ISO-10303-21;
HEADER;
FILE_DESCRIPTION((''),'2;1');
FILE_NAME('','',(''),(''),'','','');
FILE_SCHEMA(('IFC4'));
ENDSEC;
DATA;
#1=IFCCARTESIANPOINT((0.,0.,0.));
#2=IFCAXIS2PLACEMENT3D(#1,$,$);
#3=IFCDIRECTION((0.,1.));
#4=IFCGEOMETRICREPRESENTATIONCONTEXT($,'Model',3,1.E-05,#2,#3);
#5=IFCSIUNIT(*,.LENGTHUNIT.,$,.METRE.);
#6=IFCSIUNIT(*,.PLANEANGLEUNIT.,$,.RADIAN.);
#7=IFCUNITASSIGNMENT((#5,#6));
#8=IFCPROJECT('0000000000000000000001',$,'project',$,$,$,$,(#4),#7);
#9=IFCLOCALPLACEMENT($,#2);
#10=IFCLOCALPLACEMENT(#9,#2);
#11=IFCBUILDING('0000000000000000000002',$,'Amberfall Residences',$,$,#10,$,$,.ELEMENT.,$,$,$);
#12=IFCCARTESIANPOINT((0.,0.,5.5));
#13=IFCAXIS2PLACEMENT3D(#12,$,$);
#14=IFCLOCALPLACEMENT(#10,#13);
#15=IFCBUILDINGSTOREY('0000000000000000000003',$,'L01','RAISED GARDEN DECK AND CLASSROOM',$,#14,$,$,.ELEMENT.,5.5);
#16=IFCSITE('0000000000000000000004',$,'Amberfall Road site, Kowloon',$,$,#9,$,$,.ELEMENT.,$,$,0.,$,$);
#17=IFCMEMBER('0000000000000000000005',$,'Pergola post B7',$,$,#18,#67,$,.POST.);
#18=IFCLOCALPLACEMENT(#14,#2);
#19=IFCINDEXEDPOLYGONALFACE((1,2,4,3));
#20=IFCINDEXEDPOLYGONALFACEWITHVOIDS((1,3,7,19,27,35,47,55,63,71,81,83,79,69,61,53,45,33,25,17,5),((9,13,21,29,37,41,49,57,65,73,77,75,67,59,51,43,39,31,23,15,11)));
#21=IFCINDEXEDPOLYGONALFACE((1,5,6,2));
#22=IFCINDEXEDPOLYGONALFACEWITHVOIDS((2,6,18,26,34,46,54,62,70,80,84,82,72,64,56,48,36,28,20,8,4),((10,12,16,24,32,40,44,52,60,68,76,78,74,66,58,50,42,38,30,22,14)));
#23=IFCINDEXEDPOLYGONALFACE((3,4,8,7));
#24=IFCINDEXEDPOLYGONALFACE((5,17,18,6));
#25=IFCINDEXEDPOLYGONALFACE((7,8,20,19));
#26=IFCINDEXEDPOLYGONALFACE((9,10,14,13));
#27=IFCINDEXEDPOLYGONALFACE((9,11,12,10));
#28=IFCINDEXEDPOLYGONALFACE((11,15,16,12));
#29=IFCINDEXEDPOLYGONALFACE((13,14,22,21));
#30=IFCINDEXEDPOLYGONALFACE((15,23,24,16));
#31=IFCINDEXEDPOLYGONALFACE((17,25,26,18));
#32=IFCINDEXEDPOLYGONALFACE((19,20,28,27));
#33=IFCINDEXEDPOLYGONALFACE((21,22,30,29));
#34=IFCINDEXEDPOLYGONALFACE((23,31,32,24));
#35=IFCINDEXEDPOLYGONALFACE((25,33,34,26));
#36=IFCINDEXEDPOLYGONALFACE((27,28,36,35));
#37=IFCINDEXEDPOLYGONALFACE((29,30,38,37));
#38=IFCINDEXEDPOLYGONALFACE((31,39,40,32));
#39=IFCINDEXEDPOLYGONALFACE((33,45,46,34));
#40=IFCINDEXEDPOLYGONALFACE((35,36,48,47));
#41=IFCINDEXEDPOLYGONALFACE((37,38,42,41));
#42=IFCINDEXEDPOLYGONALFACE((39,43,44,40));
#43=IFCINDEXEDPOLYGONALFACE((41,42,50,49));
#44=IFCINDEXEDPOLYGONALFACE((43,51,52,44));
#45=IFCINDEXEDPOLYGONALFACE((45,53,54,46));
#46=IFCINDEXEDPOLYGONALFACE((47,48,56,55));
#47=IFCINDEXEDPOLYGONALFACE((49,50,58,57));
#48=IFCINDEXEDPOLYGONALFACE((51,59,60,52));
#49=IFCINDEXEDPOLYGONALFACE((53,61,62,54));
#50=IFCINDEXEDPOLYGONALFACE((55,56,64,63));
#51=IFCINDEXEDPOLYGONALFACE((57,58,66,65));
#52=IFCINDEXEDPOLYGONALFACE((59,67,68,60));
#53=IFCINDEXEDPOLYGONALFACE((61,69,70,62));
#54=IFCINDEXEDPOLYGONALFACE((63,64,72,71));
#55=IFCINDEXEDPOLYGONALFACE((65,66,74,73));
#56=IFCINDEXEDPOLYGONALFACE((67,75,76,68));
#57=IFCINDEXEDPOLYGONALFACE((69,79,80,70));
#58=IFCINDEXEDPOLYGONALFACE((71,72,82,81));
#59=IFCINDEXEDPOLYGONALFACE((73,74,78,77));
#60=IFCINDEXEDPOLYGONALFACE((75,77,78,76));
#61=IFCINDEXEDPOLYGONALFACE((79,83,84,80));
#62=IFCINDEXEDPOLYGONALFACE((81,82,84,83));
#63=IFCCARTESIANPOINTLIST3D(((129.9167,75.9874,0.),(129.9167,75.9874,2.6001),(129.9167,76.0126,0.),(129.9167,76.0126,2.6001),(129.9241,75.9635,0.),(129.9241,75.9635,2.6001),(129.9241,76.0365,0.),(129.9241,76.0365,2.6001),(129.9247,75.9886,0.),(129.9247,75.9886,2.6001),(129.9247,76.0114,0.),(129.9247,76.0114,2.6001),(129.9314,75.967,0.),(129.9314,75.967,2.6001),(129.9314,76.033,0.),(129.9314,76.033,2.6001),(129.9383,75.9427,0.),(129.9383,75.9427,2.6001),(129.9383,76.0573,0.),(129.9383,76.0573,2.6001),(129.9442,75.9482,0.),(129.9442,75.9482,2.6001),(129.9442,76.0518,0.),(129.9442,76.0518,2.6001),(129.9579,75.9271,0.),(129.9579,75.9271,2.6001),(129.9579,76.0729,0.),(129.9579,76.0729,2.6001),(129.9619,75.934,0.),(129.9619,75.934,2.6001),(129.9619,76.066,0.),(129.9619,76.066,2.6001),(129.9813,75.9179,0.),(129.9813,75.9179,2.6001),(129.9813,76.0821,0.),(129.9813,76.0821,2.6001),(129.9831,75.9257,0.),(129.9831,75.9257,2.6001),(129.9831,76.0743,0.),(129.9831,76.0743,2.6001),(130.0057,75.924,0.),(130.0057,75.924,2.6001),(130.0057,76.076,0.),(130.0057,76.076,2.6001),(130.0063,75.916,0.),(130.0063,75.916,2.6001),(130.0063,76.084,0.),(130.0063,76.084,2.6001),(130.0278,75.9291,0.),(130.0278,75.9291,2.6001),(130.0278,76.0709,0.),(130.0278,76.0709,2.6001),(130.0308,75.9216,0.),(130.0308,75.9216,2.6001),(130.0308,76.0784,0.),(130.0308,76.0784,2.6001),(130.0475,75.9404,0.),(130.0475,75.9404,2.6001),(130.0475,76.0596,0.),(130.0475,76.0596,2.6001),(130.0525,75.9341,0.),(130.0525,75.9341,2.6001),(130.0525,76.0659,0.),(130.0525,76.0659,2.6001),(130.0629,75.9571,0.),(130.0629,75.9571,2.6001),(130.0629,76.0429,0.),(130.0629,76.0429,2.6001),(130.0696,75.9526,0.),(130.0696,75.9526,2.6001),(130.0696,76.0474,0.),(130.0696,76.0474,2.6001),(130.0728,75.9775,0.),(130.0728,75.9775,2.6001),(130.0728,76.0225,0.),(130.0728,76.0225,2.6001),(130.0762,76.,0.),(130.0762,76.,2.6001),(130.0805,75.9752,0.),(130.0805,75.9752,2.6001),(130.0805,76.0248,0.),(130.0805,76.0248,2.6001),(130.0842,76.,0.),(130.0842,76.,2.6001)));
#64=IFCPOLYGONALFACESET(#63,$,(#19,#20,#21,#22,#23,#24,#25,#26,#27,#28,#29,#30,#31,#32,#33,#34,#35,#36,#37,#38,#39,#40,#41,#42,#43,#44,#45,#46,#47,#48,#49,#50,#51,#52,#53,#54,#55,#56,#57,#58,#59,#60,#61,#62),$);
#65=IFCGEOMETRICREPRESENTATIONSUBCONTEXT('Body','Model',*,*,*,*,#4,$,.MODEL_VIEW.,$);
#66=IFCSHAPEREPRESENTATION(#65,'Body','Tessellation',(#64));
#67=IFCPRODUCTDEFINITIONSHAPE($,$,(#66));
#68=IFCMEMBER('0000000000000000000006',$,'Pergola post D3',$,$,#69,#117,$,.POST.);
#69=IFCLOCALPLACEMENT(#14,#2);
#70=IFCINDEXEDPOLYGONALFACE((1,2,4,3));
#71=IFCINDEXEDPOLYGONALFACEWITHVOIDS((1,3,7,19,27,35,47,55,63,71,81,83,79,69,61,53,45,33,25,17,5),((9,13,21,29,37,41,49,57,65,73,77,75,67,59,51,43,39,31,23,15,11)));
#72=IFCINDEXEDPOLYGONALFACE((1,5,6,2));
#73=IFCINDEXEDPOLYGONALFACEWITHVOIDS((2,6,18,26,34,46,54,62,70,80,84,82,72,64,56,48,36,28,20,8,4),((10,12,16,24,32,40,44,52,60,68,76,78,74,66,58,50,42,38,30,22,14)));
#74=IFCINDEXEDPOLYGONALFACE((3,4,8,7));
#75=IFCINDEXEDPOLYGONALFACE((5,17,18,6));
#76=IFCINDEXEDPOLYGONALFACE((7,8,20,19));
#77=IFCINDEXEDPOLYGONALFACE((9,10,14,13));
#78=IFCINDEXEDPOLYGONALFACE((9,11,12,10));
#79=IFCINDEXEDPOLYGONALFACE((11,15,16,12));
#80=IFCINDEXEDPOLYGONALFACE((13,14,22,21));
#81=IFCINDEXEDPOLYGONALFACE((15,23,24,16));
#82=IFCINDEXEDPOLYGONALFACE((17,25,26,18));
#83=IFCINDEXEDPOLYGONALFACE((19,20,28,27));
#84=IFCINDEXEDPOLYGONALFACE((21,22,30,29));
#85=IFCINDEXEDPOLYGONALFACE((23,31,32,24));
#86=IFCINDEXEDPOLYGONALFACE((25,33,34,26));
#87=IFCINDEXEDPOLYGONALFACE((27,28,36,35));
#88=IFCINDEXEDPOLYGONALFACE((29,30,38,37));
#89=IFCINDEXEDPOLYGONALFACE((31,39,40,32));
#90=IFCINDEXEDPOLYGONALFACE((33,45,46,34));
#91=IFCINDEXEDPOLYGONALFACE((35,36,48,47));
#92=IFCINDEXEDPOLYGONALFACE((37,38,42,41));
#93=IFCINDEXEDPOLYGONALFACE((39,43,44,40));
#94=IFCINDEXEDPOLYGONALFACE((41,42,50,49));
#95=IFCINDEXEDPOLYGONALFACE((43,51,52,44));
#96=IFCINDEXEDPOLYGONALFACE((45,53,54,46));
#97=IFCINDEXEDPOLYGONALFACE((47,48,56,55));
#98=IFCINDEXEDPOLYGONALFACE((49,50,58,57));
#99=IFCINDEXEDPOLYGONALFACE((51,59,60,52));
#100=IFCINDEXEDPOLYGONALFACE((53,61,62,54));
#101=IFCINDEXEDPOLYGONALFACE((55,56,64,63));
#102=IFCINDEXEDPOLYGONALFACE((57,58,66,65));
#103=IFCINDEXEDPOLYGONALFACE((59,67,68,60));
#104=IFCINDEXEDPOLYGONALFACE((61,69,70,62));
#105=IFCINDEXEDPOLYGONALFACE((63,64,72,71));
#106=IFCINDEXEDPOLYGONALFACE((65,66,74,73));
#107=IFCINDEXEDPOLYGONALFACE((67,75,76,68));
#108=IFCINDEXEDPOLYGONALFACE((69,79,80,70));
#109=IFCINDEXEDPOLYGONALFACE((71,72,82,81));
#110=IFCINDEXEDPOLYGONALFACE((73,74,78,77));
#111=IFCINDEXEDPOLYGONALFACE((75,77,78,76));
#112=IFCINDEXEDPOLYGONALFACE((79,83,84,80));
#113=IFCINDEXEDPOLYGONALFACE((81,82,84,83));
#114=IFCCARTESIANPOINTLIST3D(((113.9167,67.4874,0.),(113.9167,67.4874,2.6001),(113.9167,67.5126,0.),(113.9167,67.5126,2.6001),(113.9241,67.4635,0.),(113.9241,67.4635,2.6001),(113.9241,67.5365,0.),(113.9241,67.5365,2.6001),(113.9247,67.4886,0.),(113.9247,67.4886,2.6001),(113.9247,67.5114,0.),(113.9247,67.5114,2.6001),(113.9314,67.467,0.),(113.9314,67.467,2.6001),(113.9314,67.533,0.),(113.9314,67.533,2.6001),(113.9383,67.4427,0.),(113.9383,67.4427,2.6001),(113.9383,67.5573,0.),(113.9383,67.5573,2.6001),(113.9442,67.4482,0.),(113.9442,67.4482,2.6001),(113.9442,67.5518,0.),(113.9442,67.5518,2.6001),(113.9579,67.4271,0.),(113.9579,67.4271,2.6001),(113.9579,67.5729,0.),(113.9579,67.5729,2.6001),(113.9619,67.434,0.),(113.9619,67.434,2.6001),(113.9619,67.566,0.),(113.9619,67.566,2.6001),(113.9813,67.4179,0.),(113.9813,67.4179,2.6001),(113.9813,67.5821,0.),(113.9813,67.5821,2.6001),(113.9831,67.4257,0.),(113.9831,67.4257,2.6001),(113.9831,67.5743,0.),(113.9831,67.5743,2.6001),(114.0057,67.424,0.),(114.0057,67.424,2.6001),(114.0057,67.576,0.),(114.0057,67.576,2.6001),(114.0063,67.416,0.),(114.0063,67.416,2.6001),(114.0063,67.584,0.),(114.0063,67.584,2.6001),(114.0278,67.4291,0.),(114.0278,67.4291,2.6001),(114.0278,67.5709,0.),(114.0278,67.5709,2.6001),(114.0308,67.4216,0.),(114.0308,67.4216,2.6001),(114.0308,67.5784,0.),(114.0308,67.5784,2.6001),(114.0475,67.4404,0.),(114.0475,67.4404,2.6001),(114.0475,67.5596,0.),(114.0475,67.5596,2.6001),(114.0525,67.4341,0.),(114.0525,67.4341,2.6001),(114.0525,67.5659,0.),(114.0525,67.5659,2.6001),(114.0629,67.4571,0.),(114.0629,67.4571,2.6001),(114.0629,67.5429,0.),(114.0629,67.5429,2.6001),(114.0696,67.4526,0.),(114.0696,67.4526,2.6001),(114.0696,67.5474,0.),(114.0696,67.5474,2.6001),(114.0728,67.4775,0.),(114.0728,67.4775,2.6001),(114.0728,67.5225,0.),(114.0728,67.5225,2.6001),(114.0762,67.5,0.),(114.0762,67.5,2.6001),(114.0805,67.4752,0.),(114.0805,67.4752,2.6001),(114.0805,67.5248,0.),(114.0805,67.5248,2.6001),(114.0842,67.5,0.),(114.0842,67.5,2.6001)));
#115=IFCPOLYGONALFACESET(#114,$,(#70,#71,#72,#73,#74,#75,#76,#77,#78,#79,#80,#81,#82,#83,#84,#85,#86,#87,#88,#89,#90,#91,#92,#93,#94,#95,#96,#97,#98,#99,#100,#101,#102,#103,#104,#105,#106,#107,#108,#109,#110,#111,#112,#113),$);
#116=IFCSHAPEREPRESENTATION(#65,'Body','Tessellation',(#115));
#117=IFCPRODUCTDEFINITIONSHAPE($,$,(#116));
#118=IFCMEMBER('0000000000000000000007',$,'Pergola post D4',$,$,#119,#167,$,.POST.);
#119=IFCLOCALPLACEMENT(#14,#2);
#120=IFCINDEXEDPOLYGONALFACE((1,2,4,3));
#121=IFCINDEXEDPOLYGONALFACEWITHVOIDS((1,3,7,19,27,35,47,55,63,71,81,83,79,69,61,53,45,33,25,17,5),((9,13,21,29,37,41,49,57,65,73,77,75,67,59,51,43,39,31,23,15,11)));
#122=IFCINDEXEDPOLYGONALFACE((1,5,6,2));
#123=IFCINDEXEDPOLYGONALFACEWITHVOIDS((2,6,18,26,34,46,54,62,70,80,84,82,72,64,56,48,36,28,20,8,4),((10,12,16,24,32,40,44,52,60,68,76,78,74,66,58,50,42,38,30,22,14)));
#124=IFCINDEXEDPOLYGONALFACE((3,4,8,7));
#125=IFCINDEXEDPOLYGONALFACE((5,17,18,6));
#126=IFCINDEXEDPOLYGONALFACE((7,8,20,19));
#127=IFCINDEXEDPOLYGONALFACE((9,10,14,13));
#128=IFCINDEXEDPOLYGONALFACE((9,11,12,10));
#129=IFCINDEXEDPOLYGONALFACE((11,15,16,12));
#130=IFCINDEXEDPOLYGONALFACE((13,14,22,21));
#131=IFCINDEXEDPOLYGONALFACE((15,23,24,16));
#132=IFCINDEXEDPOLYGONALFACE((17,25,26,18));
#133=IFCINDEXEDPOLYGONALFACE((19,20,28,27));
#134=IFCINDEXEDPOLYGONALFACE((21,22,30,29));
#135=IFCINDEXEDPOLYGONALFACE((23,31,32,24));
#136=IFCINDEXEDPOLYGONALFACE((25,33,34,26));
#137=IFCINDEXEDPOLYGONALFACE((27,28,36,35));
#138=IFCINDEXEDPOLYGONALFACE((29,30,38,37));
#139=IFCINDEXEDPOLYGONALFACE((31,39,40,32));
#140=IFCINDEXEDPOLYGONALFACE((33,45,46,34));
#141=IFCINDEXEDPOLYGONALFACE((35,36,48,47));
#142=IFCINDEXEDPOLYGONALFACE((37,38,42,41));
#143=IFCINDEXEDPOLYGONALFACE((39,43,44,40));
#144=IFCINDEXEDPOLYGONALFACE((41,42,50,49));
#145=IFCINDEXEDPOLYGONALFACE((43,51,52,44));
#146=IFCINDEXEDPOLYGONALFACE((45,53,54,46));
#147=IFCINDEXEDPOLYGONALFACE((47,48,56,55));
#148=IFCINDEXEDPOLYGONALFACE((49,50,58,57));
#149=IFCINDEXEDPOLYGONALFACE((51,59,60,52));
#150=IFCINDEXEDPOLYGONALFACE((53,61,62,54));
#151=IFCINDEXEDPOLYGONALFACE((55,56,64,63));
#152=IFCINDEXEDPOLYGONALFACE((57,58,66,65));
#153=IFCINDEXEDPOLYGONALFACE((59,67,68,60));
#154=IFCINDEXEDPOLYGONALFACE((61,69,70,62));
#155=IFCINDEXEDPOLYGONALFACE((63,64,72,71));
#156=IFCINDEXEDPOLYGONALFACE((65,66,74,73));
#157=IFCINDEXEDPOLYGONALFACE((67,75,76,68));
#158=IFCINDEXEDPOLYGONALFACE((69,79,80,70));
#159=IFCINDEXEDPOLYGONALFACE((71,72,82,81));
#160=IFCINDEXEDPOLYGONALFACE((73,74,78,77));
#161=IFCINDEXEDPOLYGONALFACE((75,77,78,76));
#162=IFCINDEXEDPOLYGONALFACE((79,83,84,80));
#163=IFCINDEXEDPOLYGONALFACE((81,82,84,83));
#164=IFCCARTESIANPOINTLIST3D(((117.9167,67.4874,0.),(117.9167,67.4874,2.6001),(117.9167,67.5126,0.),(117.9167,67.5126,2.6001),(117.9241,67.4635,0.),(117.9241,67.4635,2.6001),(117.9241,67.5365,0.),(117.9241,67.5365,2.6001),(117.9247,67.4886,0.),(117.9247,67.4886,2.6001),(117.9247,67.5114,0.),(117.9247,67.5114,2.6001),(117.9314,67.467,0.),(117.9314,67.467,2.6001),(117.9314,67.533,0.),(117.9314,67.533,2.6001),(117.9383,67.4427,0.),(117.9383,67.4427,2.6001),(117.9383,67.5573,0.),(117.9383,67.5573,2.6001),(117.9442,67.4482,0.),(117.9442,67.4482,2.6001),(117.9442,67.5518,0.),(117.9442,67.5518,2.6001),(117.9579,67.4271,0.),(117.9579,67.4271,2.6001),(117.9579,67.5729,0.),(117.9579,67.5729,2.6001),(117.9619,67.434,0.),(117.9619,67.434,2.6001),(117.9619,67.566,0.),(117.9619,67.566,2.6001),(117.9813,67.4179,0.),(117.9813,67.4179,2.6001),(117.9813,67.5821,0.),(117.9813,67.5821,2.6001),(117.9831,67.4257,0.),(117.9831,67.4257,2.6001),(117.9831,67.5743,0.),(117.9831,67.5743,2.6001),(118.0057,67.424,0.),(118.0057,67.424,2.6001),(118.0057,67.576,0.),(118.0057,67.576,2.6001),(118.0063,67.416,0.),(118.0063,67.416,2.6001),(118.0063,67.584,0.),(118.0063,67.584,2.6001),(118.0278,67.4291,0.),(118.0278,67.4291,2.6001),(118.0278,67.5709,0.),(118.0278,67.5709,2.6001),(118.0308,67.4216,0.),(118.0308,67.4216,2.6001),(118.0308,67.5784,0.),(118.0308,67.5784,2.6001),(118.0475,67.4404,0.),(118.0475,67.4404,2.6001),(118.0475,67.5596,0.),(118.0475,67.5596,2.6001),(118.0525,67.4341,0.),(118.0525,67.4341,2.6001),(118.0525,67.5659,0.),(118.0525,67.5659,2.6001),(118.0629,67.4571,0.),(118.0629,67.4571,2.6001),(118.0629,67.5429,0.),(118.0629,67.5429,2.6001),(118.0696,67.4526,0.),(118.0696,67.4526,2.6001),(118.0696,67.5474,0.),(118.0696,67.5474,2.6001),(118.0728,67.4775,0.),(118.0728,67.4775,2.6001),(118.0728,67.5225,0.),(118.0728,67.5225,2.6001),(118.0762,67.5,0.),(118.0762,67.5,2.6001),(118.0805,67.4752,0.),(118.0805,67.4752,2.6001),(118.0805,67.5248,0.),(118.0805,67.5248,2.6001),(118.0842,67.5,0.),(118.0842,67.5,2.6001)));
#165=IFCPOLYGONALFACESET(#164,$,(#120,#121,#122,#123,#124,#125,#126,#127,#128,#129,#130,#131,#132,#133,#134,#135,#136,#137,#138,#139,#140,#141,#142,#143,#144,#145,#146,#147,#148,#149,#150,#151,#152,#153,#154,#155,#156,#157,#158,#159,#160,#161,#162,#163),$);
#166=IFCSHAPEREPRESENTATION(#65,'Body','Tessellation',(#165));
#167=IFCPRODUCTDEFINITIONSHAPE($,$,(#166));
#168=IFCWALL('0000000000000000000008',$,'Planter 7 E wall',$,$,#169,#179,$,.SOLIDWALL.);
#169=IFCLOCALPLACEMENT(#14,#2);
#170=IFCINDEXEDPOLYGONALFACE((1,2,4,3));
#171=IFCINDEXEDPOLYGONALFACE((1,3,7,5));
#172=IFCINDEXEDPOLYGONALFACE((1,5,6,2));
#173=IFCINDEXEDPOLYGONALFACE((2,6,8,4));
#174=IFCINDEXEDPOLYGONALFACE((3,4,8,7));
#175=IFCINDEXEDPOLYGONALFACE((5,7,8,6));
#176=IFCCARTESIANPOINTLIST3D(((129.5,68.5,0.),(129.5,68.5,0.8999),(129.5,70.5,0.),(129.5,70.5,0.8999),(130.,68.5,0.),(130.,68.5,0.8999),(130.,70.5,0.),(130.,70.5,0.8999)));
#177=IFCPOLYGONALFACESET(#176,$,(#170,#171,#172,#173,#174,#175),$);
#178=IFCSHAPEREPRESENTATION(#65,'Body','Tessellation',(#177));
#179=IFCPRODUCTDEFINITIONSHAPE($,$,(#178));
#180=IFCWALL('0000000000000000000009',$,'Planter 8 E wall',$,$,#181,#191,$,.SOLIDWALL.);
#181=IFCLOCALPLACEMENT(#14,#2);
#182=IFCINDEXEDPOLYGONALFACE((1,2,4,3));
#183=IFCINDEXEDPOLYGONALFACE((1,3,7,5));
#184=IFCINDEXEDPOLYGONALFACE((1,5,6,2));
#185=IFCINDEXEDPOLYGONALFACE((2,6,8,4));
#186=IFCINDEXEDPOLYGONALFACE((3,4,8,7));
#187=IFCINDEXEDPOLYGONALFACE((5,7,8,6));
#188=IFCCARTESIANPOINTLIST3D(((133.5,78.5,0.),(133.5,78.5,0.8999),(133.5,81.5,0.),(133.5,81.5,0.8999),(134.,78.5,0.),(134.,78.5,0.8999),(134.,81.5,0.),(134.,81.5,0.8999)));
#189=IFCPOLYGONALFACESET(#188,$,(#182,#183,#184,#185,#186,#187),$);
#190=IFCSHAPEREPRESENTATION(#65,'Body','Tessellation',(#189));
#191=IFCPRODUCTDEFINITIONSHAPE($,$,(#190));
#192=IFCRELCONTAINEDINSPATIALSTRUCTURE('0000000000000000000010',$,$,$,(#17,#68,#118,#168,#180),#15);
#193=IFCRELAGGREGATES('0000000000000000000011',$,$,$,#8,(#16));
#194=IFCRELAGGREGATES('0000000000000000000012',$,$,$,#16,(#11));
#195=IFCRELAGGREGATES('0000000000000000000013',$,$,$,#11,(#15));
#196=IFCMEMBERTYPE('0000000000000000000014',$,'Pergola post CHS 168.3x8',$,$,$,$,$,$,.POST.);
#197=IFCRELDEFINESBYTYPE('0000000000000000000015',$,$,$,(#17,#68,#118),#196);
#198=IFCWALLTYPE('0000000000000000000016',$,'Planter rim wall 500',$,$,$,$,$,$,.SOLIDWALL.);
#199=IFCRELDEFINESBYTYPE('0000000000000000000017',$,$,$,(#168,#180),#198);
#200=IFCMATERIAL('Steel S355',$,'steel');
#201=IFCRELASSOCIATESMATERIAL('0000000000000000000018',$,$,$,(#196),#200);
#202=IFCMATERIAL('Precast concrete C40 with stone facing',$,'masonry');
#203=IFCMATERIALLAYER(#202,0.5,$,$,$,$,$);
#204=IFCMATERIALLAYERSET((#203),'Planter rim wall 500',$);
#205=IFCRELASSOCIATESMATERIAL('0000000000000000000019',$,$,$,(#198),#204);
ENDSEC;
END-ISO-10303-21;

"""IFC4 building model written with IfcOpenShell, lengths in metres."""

from ifc_helpers import new_model, si_unit, direction, frame, frame_2d, origin, origin_2d, place, context, subcontext, project, spatial, rectangle, hollow_circle, extrude, material, layer, layer_set, material_profile, profile_set, type_object, element, save


model = new_model("IFC4")

# Units and contexts
model_context = context("Model", 3, precision=1e-05, world=origin(), true_north=direction((0.0, 1.0)))
body_context = subcontext(model_context, "Body", "Model", "MODEL_VIEW")
ifc_project = project(units=[si_unit("LENGTHUNIT", "METRE"), si_unit("PLANEANGLEUNIT", "RADIAN")], contexts=[model_context])

# Site, building, storey
site_placement = place(None, origin())
site = spatial("IfcSite", under=ifc_project, at=site_placement, Name="Amberfall Road site, Kowloon", CompositionType="ELEMENT", RefElevation=0.0)
building_placement = place(site_placement, origin())
building = spatial("IfcBuilding", under=site, at=building_placement, Name="Amberfall Residences", CompositionType="ELEMENT")
storey_placement = place(building_placement, frame((0.0, 0.0, 5.5)))
storey = spatial("IfcBuildingStorey", under=building, at=storey_placement, Name="L01", Description="RAISED GARDEN DECK AND CLASSROOM", CompositionType="ELEMENT", Elevation=5.5)

# Members
ifc_material_1 = material(Name="Steel S355", Category="steel")
ifc_material_profile_1 = material_profile(ifc_material_1, hollow_circle(Radius=0.0842, WallThickness=0.0081, at=origin_2d()), Name="CHS 168.3x8")
ifc_profile_set_1 = profile_set([ifc_material_profile_1], Name="Steel S355")
member_type_1 = type_object("IfcMemberType", Name="Pergola post CHS 168.3x8", PredefinedType="POST", material=ifc_profile_set_1)
for number, where, z_axis, x_axis, name in (
    (1, (130.0, 76.0, 0.0), (0.0, 0.0, 1.0), (1.0, 0.0, 0.0), "Pergola post B7"),
    (2, (114.0, 67.5, 0.0), (0.0, 0.0, 1.0), (1.0, 0.0, 0.0), "Pergola post D3"),
    (3, (118.0, 67.5, 0.0), (0.0, 0.0, 1.0), (1.0, 0.0, 0.0), "Pergola post D4"),
):
    element("IfcMember", number, at=place(storey_placement, frame(where, z_axis=z_axis, x_axis=x_axis)), inside=storey, type_object=member_type_1, Name=name, PredefinedType="POST", context=body_context, shape_type="SweptSolid", body=[
        extrude(hollow_circle(Radius=0.0842, WallThickness=0.0081, at=origin_2d()), origin(), (0.0, 0.0, 1.0), 2.6001),
    ])

# Walls
ifc_material_2 = material(Name="Precast concrete C40 with stone facing", Category="masonry")
ifc_layer = layer(ifc_material_2, 0.5)
ifc_layer_set = layer_set([ifc_layer], Name="Planter rim wall 500")
wall_type = type_object("IfcWallType", Name="Planter rim wall 500", PredefinedType="SOLIDWALL", material=ifc_layer_set)
wall_1_placement = place(storey_placement, frame((129.75, 68.5, 0.0), z_axis=(0.0, 0.0, 1.0), x_axis=(0.0, 1.0, 0.0)))
element("IfcWall", 4, at=wall_1_placement, inside=storey, type_object=wall_type, Name="Planter 7 E wall", PredefinedType="SOLIDWALL", context=body_context, shape_type="SweptSolid", body=[
    extrude(rectangle(XDim=2.0, YDim=0.5, at=frame_2d((1.0, 0.0))), origin(), (0.0, 0.0, 1.0), 0.8999),
])
wall_2_placement = place(storey_placement, frame((133.75, 78.5, 0.0), z_axis=(0.0, 0.0, 1.0), x_axis=(0.0, 1.0, 0.0)))
element("IfcWall", 5, at=wall_2_placement, inside=storey, type_object=wall_type, Name="Planter 8 E wall", PredefinedType="SOLIDWALL", context=body_context, shape_type="SweptSolid", body=[
    extrude(rectangle(XDim=3.0, YDim=0.5, at=frame_2d((1.5, 0.0))), origin(), (0.0, 0.0, 1.0), 0.8999),
])

save(model, "model.ifc")
